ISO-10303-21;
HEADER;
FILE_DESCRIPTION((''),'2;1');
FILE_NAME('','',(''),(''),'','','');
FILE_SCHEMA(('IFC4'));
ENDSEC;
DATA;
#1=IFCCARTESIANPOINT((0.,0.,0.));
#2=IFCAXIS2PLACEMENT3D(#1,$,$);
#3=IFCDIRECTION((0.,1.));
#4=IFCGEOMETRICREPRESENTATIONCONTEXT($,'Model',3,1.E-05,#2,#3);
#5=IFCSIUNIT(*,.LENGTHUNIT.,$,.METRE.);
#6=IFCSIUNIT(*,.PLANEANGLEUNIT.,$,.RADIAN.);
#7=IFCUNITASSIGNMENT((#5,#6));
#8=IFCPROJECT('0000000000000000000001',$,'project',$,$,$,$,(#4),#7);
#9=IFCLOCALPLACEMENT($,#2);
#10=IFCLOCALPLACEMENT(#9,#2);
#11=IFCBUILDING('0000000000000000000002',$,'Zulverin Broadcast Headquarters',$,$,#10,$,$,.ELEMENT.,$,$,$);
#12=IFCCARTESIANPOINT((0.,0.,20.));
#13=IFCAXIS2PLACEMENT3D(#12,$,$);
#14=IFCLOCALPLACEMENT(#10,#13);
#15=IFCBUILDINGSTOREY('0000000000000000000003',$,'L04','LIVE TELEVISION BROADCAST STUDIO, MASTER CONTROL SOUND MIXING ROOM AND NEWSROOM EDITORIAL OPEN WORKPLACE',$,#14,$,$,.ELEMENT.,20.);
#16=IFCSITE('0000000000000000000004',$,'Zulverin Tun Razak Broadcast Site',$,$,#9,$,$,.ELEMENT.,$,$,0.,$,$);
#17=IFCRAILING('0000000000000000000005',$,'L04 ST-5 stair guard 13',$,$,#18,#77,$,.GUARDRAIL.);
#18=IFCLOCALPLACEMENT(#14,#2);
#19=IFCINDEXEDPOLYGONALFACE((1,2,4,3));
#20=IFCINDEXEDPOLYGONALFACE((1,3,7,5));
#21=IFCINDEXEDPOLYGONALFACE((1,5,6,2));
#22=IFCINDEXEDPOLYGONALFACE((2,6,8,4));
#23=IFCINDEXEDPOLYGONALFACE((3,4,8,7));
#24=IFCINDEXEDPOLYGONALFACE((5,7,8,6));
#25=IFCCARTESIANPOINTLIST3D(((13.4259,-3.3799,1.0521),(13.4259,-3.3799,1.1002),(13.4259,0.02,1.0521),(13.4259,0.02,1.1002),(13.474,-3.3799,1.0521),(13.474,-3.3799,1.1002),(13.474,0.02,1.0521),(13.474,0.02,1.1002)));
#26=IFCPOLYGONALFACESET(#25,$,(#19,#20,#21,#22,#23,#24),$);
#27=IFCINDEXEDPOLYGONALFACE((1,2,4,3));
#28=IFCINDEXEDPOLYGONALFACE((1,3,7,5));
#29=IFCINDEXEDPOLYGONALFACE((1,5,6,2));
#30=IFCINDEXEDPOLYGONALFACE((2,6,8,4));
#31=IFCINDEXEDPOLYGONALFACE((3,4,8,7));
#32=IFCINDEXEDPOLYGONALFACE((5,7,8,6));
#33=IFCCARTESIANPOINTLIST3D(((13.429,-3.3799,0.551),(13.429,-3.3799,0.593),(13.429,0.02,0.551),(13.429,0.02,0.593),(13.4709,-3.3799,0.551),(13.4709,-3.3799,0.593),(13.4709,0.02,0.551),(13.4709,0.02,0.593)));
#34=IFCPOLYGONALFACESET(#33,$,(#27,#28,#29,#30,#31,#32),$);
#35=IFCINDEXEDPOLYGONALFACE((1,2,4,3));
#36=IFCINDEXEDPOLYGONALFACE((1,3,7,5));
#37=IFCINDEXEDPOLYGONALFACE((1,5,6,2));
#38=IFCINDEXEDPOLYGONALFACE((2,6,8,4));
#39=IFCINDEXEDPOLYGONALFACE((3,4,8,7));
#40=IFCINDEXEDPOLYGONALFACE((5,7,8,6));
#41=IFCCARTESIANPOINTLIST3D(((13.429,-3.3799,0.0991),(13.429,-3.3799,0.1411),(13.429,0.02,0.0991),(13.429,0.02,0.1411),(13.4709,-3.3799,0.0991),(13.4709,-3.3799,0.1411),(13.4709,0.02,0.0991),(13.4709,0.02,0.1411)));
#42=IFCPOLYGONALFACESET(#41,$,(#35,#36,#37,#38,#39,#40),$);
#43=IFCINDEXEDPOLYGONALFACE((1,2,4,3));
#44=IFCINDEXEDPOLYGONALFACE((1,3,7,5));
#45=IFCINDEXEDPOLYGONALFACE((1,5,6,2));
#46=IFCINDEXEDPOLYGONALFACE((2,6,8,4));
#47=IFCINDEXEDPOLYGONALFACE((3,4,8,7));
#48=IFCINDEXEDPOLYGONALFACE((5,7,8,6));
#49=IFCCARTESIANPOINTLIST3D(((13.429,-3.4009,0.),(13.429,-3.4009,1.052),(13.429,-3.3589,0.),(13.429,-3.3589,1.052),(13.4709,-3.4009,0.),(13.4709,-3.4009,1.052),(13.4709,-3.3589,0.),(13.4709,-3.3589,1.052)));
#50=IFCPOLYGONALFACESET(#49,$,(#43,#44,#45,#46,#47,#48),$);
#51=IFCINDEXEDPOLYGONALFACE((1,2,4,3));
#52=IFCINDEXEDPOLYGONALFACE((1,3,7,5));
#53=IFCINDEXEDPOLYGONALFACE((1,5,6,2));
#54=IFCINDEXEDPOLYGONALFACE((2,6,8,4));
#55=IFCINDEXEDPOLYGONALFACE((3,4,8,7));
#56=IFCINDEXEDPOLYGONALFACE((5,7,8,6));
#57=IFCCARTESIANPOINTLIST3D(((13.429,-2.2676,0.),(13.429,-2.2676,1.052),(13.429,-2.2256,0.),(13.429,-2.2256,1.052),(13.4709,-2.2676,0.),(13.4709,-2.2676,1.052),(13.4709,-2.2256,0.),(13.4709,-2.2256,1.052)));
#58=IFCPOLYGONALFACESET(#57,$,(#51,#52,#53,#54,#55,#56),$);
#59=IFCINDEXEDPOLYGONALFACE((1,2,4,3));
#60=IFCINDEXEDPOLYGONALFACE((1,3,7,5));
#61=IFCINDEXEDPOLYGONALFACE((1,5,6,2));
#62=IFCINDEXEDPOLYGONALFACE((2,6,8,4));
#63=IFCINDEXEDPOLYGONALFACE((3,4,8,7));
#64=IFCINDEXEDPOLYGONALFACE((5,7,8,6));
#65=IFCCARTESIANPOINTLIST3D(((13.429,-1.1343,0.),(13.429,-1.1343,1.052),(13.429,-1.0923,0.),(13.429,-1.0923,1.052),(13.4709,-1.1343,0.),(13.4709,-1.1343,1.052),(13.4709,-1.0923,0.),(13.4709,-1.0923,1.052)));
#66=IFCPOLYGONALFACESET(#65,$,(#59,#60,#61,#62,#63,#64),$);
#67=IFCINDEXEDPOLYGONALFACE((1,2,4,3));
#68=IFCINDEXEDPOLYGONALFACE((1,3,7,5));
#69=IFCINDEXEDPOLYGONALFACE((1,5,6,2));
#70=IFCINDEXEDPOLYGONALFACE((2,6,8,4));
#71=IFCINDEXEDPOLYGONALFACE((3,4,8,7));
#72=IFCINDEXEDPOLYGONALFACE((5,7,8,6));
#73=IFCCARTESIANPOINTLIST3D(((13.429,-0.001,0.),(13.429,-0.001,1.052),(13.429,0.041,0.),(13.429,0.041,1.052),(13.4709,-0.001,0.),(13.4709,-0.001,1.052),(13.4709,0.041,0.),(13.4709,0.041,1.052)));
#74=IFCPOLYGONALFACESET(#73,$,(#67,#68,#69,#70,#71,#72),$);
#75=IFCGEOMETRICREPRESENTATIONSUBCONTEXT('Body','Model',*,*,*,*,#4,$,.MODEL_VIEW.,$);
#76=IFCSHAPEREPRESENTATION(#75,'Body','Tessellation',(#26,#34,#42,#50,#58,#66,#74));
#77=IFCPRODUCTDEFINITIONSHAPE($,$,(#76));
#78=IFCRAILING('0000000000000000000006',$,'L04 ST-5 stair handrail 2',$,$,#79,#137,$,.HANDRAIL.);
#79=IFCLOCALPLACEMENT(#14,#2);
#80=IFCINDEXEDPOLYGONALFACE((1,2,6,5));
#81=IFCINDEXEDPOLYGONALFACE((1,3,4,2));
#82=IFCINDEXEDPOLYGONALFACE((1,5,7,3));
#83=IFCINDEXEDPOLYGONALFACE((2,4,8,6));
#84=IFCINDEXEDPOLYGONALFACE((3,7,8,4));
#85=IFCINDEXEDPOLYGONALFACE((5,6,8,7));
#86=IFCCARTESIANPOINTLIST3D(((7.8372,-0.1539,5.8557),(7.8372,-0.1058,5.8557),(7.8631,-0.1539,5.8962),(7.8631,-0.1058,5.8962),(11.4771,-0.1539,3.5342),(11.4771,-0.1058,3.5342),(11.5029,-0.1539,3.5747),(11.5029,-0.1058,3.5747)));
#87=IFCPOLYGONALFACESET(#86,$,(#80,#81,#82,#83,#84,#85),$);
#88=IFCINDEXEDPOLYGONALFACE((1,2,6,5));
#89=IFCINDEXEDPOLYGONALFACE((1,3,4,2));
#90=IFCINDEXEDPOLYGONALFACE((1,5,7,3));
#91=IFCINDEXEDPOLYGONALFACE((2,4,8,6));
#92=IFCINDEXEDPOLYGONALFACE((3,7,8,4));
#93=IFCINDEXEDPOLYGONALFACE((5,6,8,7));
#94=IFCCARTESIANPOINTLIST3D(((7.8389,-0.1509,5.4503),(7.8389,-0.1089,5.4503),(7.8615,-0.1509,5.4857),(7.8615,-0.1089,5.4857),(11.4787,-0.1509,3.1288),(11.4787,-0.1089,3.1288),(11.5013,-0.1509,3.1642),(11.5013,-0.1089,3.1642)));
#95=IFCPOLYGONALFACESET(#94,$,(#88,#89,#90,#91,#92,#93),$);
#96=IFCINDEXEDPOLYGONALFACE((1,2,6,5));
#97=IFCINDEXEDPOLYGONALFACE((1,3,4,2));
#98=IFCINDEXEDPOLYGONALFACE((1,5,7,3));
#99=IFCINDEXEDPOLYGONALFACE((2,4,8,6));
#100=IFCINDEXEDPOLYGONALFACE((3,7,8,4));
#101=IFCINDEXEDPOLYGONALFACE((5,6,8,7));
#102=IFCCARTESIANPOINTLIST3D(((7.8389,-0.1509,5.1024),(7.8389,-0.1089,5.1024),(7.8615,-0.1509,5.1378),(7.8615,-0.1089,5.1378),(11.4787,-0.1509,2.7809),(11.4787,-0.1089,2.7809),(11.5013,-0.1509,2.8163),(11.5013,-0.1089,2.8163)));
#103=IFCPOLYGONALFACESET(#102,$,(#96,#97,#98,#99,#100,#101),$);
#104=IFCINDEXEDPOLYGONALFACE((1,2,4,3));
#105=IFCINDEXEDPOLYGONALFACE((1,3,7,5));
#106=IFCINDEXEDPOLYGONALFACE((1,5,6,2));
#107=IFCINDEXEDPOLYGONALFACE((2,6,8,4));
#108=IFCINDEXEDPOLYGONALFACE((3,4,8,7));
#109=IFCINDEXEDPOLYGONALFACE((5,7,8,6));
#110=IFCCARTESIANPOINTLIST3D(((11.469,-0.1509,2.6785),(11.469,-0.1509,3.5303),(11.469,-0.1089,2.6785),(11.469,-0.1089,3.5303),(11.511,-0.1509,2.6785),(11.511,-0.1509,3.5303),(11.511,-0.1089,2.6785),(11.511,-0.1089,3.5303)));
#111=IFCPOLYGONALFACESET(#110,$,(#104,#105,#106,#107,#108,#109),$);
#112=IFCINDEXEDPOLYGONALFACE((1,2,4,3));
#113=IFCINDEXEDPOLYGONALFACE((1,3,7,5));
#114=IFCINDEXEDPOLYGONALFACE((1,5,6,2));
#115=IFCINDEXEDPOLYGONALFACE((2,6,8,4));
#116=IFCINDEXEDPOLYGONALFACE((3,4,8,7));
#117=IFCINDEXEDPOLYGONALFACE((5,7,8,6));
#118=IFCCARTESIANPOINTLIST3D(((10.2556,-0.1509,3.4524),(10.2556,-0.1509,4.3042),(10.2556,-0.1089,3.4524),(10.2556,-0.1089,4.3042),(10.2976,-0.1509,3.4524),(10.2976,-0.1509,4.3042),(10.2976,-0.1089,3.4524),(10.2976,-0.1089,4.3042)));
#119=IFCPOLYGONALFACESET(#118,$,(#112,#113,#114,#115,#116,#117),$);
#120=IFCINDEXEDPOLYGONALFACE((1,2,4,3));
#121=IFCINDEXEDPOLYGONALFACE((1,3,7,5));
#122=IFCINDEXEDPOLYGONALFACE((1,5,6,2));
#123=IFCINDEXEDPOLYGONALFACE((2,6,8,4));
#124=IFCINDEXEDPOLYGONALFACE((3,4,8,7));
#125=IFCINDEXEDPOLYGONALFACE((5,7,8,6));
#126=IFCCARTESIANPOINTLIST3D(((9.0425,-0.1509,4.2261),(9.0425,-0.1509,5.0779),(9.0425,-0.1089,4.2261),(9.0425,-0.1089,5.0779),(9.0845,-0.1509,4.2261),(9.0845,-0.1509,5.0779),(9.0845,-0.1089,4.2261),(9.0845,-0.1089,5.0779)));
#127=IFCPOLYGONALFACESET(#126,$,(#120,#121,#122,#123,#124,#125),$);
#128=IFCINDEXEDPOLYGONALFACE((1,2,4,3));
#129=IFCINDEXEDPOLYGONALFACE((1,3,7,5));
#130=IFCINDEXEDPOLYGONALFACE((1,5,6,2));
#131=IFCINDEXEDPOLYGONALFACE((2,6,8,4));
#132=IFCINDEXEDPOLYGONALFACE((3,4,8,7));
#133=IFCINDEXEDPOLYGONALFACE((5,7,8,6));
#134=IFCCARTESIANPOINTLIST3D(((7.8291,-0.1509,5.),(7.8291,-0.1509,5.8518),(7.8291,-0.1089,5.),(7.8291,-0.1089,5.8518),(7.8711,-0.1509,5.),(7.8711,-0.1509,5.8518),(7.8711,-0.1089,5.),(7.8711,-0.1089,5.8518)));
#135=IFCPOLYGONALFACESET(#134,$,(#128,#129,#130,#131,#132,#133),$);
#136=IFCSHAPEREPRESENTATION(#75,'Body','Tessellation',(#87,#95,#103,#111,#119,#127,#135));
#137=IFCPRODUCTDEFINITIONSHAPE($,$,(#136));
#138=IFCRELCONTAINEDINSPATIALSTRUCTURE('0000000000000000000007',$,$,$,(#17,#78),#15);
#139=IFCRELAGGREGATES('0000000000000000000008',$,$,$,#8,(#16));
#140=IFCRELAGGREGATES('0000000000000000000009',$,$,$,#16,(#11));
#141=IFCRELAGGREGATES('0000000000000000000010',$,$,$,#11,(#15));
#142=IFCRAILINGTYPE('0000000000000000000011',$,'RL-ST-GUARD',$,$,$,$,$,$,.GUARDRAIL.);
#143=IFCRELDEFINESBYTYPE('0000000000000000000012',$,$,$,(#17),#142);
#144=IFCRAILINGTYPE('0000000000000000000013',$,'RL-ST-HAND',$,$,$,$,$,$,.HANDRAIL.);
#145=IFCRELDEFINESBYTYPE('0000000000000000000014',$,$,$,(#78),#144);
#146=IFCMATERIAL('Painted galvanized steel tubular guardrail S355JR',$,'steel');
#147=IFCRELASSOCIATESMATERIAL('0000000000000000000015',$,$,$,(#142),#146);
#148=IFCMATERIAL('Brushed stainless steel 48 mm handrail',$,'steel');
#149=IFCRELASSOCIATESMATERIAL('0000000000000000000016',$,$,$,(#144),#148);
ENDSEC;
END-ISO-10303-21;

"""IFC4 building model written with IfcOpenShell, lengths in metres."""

from ifc_helpers import new_model, si_unit, direction, frame, origin, origin_2d, place, context, subcontext, project, spatial, rectangle, extrude, material, type_object, element, save


model = new_model("IFC4")

# Units and contexts
model_context = context("Model", 3, precision=1e-05, world=origin(), true_north=direction((0.0, 1.0)))
body_context = subcontext(model_context, "Body", "Model", "MODEL_VIEW")
ifc_project = project(units=[si_unit("LENGTHUNIT", "METRE"), si_unit("PLANEANGLEUNIT", "RADIAN")], contexts=[model_context])

# Site, building, storey
site_placement = place(None, origin())
site = spatial("IfcSite", under=ifc_project, at=site_placement, Name="Zulverin Tun Razak Broadcast Site", CompositionType="ELEMENT", RefElevation=0.0)
building_placement = place(site_placement, origin())
building = spatial("IfcBuilding", under=site, at=building_placement, Name="Zulverin Broadcast Headquarters", CompositionType="ELEMENT")
storey_placement = place(building_placement, frame((0.0, 0.0, 20.0)))
storey = spatial("IfcBuildingStorey", under=building, at=storey_placement, Name="L04", Description="LIVE TELEVISION BROADCAST STUDIO, MASTER CONTROL SOUND MIXING ROOM AND NEWSROOM EDITORIAL OPEN WORKPLACE", CompositionType="ELEMENT", Elevation=20.0)

# Railings
ifc_material_1 = material(Name="Painted galvanized steel tubular guardrail S355JR", Category="steel")
railing_type_1 = type_object("IfcRailingType", Name="RL-ST-GUARD", PredefinedType="GUARDRAIL", material=ifc_material_1)
railing_1_placement = place(storey_placement, frame((13.45, -3.3799, 0.0)))
element("IfcRailing", 1, at=railing_1_placement, inside=storey, type_object=railing_type_1, Name="L04 ST-5 stair guard 13", PredefinedType="GUARDRAIL", context=body_context, shape_type="SweptSolid", body=[
    extrude(rectangle(XDim=0.0481, YDim=0.0481, at=origin_2d()), frame((0.0, 0.0, 1.0762), z_axis=(0.0, 1.0, 0.0), x_axis=(-1.0, 0.0, 0.0)), (0.0, 0.0, 1.0), 3.3999),
    extrude(rectangle(XDim=0.042, YDim=0.042, at=origin_2d()), frame((0.0, 0.0, 0.572), z_axis=(0.0, 1.0, 0.0), x_axis=(-1.0, 0.0, 0.0)), (0.0, 0.0, 1.0), 3.3999),
    extrude(rectangle(XDim=0.042, YDim=0.042, at=origin_2d()), frame((0.0, 0.0, 0.1201), z_axis=(0.0, 1.0, 0.0), x_axis=(-1.0, 0.0, 0.0)), (0.0, 0.0, 1.0), 3.3999),
    extrude(rectangle(XDim=0.042, YDim=0.042, at=origin_2d()), origin(), (0.0, 0.0, 1.0), 1.052),
    extrude(rectangle(XDim=0.042, YDim=0.042, at=origin_2d()), frame((0.0, 1.1333, 0.0)), (0.0, 0.0, 1.0), 1.052),
    extrude(rectangle(XDim=0.042, YDim=0.042, at=origin_2d()), frame((0.0, 2.2666, 0.0)), (0.0, 0.0, 1.0), 1.052),
    extrude(rectangle(XDim=0.042, YDim=0.042, at=origin_2d()), frame((0.0, 3.3999, 0.0)), (0.0, 0.0, 1.0), 1.052),
])
ifc_material_2 = material(Name="Brushed stainless steel 48 mm handrail", Category="steel")
railing_type_2 = type_object("IfcRailingType", Name="RL-ST-HAND", PredefinedType="HANDRAIL", material=ifc_material_2)
railing_2_placement = place(storey_placement, frame((11.49, -0.1299, 2.6785)))
element("IfcRailing", 2, at=railing_2_placement, inside=storey, type_object=railing_type_2, Name="L04 ST-5 stair handrail 2", PredefinedType="HANDRAIL", context=body_context, shape_type="SweptSolid", body=[
    extrude(rectangle(XDim=0.0481, YDim=0.0481, at=origin_2d()), frame((0.0, 0.0, 0.876), z_axis=(-0.843112, 0.0, 0.537739), x_axis=(0.0, -1.0, 0.0)), (0.0, 0.0, 1.0), 4.3171),
    extrude(rectangle(XDim=0.042, YDim=0.042, at=origin_2d()), frame((0.0, 0.0, 0.468), z_axis=(-0.843112, 0.0, 0.537739), x_axis=(0.0, -1.0, 0.0)), (0.0, 0.0, 1.0), 4.3171),
    extrude(rectangle(XDim=0.042, YDim=0.042, at=origin_2d()), frame((0.0, 0.0, 0.1201), z_axis=(-0.843112, 0.0, 0.537739), x_axis=(0.0, -1.0, 0.0)), (0.0, 0.0, 1.0), 4.3171),
    extrude(rectangle(XDim=0.042, YDim=0.042, at=origin_2d()), origin(), (0.0, 0.0, 1.0), 0.8518),
    extrude(rectangle(XDim=0.042, YDim=0.042, at=origin_2d()), frame((-1.2134, 0.0, 0.7739)), (0.0, 0.0, 1.0), 0.8518),
    extrude(rectangle(XDim=0.042, YDim=0.042, at=origin_2d()), frame((-2.4265, 0.0, 1.5476)), (0.0, 0.0, 1.0), 0.8518),
    extrude(rectangle(XDim=0.042, YDim=0.042, at=origin_2d()), frame((-3.6399, 0.0, 2.3215)), (0.0, 0.0, 1.0), 0.8518),
])

save(model, "model.ifc")
